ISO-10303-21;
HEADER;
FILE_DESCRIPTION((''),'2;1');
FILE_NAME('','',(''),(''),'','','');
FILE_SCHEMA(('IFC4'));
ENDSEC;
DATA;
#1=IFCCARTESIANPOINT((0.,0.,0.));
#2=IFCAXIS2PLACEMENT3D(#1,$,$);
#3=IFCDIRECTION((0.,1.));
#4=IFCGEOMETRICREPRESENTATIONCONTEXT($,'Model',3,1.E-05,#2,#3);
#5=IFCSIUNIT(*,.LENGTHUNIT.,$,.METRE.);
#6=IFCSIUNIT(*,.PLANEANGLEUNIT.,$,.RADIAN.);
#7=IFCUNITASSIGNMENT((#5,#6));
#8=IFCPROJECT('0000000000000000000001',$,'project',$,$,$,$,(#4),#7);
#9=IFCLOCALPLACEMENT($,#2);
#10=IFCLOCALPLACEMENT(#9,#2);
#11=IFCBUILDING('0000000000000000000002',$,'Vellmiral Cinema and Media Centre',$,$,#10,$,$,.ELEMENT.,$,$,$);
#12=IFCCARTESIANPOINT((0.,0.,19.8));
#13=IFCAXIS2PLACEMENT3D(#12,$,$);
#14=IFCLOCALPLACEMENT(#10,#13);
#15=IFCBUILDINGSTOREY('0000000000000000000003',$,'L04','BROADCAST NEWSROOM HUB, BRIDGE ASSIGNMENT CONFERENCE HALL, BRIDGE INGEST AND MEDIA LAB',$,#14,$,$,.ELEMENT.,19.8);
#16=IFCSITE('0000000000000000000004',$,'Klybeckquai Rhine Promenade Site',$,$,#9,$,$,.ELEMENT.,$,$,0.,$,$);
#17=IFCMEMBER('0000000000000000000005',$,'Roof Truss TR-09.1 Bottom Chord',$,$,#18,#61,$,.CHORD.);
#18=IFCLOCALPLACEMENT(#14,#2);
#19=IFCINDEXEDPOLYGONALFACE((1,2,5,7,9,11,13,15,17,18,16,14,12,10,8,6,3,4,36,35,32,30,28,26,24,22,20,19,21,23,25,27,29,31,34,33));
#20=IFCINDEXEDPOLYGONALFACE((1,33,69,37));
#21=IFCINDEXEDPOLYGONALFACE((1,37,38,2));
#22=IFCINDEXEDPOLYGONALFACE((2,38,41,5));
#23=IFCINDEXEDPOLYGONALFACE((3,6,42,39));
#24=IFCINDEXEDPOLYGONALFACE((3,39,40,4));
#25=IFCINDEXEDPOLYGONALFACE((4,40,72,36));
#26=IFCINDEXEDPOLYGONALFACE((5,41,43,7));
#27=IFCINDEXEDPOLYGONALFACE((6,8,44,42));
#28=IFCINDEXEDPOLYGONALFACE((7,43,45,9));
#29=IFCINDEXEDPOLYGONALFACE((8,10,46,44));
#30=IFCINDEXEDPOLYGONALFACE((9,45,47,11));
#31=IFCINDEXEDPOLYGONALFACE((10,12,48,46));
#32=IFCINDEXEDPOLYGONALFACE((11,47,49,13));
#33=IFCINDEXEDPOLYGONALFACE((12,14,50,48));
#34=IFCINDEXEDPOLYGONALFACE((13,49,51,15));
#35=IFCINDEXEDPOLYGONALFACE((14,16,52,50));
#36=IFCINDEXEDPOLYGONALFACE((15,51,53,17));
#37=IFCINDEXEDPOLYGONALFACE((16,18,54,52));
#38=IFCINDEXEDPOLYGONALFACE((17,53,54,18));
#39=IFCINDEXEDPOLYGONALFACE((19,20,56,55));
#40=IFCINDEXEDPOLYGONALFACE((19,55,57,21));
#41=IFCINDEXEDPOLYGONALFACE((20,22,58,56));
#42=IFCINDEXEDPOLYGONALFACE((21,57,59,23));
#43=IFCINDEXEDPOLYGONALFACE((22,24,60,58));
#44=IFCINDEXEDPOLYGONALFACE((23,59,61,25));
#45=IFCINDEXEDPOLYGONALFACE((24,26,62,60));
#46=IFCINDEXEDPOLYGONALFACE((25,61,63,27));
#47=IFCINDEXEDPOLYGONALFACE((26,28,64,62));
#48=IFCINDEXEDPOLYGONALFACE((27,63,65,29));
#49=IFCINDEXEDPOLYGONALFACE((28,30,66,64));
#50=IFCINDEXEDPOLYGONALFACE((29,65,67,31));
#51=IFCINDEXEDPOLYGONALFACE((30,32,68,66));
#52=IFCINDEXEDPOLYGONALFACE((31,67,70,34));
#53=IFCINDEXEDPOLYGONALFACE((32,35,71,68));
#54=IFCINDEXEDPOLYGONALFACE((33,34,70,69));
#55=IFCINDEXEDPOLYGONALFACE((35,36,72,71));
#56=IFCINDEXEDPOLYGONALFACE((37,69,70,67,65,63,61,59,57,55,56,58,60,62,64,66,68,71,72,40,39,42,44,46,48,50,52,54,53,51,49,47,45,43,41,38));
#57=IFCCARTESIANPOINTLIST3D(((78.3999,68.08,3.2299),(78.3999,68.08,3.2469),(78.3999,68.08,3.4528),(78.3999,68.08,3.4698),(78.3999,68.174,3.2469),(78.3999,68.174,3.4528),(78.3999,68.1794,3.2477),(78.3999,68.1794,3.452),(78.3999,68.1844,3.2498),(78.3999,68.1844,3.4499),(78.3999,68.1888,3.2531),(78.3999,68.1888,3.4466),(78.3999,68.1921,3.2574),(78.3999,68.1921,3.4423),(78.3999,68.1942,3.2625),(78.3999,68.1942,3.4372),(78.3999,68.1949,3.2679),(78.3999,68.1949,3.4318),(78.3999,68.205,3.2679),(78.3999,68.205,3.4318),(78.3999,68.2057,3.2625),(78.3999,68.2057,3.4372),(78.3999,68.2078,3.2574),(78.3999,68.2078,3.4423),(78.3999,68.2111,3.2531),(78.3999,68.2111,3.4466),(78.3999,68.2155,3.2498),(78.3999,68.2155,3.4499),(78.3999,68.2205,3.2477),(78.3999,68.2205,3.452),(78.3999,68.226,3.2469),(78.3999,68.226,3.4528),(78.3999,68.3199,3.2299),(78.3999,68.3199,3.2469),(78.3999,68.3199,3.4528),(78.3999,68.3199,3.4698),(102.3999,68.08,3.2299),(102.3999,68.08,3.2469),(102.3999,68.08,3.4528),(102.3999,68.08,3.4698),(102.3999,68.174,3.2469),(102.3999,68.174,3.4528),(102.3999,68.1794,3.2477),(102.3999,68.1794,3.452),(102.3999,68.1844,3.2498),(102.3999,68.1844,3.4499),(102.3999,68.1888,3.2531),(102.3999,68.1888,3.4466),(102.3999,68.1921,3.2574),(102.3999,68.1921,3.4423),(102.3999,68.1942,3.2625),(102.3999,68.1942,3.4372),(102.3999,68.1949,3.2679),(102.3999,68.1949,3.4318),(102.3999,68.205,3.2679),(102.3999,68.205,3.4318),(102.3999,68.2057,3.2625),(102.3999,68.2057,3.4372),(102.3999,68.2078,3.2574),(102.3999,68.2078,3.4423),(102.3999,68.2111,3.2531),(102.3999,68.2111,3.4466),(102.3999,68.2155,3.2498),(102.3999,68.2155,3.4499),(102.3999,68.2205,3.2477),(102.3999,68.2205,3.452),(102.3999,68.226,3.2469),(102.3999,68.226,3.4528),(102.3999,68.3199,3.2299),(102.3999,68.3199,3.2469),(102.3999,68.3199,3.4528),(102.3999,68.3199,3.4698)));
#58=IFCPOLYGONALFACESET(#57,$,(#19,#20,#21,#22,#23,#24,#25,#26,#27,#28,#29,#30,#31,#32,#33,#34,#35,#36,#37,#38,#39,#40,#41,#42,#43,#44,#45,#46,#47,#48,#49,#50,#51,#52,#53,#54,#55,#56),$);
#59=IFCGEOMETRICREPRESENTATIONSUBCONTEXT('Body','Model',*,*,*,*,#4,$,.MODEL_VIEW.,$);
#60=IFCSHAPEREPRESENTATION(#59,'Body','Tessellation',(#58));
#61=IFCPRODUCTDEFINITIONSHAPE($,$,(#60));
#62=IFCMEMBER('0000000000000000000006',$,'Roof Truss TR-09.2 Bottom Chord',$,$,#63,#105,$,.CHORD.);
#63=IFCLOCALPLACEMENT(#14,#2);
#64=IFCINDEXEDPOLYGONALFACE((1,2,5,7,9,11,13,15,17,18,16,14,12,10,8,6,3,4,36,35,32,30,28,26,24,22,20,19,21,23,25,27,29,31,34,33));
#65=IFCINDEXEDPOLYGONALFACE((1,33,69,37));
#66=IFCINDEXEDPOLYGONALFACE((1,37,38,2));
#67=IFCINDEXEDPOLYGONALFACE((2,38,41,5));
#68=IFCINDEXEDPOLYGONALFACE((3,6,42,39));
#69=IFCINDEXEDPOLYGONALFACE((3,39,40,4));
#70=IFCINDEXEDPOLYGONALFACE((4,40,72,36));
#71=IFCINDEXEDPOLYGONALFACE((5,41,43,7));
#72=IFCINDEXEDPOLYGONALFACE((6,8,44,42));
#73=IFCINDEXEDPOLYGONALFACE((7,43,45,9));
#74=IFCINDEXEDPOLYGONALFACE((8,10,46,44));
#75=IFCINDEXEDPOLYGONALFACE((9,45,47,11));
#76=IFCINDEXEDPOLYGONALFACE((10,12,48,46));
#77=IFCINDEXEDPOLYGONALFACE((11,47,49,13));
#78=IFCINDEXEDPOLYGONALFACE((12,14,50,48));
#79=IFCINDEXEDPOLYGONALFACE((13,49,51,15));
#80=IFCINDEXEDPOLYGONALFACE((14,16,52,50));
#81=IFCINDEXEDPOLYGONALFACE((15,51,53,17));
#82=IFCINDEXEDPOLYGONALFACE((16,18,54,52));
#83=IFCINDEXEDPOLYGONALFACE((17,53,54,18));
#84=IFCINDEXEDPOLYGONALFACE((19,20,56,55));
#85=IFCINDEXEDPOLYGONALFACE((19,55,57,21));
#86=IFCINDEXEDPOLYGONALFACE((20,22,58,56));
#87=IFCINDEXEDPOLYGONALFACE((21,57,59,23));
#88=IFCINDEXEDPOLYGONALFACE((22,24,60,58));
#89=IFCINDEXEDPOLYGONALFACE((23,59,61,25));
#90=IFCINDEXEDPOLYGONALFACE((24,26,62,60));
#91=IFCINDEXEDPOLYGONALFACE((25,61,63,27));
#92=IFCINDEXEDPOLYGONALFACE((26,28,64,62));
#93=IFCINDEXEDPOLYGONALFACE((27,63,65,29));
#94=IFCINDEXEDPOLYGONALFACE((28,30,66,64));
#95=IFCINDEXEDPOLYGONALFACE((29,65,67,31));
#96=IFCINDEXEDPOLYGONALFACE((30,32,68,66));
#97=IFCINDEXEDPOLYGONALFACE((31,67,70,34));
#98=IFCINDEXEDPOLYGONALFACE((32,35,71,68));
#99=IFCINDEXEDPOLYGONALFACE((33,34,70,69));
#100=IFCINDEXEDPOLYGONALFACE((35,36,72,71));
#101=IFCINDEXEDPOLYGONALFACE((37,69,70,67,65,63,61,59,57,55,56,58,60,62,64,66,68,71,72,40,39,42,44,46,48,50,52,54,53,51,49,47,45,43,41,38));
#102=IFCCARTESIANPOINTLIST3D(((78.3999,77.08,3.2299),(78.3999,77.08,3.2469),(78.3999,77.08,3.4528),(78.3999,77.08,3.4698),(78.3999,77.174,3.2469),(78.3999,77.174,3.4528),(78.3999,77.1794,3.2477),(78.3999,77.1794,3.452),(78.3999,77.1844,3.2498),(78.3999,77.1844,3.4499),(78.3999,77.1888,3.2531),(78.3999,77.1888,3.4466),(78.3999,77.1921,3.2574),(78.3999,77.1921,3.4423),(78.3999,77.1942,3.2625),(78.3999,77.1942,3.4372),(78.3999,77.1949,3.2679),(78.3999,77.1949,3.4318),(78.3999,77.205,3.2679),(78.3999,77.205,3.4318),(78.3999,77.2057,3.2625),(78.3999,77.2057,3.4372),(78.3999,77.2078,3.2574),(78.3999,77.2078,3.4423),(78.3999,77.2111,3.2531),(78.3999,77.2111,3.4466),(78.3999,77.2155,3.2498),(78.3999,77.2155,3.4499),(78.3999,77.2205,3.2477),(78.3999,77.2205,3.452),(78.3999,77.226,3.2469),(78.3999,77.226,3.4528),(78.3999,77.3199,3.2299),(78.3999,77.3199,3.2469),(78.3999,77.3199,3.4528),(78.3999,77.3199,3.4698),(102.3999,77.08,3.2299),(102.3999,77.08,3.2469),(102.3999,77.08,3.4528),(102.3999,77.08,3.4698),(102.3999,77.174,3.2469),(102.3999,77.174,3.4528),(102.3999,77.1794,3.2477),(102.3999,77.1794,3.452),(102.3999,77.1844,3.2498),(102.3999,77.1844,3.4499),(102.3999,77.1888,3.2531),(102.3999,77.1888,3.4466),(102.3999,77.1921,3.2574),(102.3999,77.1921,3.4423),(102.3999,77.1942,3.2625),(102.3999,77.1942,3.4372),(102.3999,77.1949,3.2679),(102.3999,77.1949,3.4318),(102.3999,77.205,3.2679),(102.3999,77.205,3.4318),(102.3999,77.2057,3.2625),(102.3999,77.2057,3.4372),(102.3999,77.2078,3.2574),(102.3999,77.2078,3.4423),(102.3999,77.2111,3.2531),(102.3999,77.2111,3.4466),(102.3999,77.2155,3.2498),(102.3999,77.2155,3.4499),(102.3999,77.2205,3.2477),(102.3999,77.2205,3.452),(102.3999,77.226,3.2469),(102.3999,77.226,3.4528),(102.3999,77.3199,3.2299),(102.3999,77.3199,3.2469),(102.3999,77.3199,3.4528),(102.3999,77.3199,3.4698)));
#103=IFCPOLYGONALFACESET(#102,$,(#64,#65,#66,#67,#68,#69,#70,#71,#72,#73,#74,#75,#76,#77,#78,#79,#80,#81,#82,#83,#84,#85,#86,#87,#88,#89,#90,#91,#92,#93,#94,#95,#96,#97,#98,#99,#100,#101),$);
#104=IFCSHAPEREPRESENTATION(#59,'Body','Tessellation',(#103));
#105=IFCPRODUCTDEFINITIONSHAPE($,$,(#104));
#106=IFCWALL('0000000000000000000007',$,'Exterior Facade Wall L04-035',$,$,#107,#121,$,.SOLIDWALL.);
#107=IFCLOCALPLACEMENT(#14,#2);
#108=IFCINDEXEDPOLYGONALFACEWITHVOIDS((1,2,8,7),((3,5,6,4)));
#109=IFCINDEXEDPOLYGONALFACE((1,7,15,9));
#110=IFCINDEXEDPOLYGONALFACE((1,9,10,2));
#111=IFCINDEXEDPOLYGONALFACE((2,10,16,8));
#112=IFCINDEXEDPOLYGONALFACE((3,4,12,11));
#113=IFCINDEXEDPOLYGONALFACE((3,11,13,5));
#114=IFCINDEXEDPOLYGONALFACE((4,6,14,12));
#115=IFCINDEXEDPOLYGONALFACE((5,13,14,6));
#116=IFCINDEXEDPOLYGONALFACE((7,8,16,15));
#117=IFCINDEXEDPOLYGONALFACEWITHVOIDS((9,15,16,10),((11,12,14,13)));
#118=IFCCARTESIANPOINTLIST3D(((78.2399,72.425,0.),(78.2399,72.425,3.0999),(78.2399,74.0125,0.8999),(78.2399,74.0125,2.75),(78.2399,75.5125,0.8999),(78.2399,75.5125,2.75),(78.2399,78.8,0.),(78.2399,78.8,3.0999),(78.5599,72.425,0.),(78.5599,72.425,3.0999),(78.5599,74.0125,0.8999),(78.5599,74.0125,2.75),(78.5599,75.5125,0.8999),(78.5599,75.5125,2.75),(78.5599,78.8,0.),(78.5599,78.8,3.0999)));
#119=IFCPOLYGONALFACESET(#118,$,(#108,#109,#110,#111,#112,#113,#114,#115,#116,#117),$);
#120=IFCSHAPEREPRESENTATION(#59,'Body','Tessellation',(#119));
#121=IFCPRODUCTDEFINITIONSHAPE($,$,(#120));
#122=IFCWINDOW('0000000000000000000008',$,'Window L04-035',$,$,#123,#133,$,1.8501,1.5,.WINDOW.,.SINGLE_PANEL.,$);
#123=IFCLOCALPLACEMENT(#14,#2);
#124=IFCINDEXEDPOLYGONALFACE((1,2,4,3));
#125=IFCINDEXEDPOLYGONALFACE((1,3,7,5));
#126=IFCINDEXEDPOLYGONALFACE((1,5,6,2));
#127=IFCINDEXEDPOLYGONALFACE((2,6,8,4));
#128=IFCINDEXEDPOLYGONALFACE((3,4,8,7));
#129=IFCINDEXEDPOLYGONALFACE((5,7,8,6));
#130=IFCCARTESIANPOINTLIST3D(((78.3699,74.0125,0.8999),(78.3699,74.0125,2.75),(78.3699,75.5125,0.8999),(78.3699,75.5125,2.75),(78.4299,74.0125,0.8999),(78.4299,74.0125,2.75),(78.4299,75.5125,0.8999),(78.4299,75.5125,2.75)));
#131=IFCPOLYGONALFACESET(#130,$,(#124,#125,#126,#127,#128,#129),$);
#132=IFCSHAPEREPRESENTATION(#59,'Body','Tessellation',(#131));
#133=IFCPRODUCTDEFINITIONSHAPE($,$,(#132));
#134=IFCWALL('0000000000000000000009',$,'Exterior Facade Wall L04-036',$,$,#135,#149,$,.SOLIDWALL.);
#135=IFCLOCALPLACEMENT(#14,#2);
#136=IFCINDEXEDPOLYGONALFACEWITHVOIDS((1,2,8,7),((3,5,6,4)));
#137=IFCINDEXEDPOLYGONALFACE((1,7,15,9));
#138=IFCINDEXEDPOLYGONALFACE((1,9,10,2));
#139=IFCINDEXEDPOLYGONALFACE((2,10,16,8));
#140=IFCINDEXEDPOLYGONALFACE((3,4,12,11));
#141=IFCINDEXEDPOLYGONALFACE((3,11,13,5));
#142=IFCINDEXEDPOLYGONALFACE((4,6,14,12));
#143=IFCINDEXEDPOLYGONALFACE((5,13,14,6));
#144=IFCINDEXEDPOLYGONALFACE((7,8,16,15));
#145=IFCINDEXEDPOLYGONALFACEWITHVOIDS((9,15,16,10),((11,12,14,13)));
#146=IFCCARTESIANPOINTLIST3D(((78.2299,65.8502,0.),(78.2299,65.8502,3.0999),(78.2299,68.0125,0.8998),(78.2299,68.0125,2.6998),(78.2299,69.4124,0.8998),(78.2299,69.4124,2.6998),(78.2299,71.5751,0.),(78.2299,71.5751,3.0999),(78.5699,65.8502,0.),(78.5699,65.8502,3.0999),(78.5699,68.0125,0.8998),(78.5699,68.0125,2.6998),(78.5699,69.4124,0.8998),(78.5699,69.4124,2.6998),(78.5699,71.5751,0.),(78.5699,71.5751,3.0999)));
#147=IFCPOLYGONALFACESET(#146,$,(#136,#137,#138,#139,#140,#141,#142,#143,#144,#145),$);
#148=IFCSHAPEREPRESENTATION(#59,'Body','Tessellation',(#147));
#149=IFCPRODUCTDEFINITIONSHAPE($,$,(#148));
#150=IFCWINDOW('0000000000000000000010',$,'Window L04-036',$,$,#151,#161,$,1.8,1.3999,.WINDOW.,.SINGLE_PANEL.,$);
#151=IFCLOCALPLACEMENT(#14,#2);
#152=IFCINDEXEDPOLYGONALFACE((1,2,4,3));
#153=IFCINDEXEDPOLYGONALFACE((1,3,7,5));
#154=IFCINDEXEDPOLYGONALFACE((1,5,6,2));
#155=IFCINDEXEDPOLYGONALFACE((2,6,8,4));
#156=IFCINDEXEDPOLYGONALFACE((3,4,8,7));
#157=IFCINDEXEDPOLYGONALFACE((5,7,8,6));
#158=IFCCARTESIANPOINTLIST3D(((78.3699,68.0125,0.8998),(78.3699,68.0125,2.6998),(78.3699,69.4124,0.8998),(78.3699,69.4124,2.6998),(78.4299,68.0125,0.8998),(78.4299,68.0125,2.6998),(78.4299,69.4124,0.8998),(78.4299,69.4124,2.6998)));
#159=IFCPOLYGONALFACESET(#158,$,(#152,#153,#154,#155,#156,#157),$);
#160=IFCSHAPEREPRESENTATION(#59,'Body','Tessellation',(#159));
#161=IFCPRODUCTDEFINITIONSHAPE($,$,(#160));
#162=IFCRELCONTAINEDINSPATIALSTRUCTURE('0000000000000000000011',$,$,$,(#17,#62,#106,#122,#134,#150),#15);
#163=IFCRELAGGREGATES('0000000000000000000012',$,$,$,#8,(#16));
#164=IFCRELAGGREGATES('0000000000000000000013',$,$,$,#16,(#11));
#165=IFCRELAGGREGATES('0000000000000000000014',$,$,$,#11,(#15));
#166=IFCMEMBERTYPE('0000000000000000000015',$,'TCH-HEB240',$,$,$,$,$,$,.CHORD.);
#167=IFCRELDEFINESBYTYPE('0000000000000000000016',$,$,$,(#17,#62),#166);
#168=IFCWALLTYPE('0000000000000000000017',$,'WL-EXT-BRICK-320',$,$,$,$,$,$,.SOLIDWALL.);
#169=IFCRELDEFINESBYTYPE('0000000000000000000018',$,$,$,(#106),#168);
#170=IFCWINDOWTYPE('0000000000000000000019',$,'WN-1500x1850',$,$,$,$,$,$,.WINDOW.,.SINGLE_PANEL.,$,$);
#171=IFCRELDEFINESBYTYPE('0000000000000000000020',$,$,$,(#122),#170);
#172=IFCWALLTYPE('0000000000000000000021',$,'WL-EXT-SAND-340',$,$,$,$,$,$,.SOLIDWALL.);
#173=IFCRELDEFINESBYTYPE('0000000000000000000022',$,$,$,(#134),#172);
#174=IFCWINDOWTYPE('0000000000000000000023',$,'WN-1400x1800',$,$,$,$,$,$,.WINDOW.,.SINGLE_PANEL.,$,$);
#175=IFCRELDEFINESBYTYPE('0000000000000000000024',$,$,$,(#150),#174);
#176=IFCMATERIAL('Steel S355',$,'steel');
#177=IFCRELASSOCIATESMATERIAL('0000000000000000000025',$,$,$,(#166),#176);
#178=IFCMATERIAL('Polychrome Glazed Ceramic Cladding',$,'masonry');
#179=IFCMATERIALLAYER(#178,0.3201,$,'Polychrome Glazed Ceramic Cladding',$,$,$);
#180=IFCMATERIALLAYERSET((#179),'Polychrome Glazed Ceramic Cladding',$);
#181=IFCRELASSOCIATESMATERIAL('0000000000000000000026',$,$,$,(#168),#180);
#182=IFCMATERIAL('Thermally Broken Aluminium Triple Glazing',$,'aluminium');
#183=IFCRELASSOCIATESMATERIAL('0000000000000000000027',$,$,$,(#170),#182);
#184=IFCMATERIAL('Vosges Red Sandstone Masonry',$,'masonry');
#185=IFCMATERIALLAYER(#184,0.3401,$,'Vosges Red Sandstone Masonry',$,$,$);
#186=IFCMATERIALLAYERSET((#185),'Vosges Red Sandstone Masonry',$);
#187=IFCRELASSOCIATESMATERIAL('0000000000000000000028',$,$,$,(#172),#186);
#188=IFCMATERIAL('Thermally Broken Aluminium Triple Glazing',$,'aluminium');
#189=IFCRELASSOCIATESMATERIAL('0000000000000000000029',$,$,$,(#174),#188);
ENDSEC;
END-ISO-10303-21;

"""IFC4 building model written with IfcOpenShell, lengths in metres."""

from ifc_helpers import new_model, si_unit, direction, frame, frame_2d, origin, origin_2d, place, context, subcontext, project, spatial, rectangle, i_section, extrude, material, layer, layer_set, material_profile, profile_set, type_object, element, fill, save


model = new_model("IFC4")

# Units and contexts
model_context = context("Model", 3, precision=1e-05, world=origin(), true_north=direction((0.0, 1.0)))
body_context = subcontext(model_context, "Body", "Model", "MODEL_VIEW")
ifc_project = project(units=[si_unit("LENGTHUNIT", "METRE"), si_unit("PLANEANGLEUNIT", "RADIAN")], contexts=[model_context])

# Site, building, storey
site_placement = place(None, origin())
site = spatial("IfcSite", under=ifc_project, at=site_placement, Name="Klybeckquai Rhine Promenade Site", CompositionType="ELEMENT", RefElevation=0.0)
building_placement = place(site_placement, origin())
building = spatial("IfcBuilding", under=site, at=building_placement, Name="Vellmiral Cinema and Media Centre", CompositionType="ELEMENT")
storey_placement = place(building_placement, frame((0.0, 0.0, 19.8)))
storey = spatial("IfcBuildingStorey", under=building, at=storey_placement, Name="L04", Description="BROADCAST NEWSROOM HUB, BRIDGE ASSIGNMENT CONFERENCE HALL, BRIDGE INGEST AND MEDIA LAB", CompositionType="ELEMENT", Elevation=19.8)

# Members
ifc_material_1 = material(Name="Steel S355", Category="steel")
ifc_material_profile_1 = material_profile(ifc_material_1, i_section(OverallWidth=0.24, OverallDepth=0.24, WebThickness=0.01, FlangeThickness=0.0171, FilletRadius=0.021, at=origin_2d()), Name="HEB 240")
ifc_profile_set_1 = profile_set([ifc_material_profile_1], Name="Steel S355")
member_type_1 = type_object("IfcMemberType", Name="TCH-HEB240", PredefinedType="CHORD", material=ifc_profile_set_1)
for number, where, z_axis, x_axis, name in (
    (1, (78.3999, 68.2, 3.3499), (1.0, 0.0, 0.0), (0.0, 1.0, 0.0), "Roof Truss TR-09.1 Bottom Chord"),
    (2, (78.3999, 77.2, 3.3499), (1.0, 0.0, 0.0), (0.0, 1.0, 0.0), "Roof Truss TR-09.2 Bottom Chord"),
):
    element("IfcMember", number, at=place(storey_placement, frame(where, z_axis=z_axis, x_axis=x_axis)), inside=storey, type_object=member_type_1, Name=name, PredefinedType="CHORD", context=body_context, shape_type="SweptSolid", body=[
        extrude(i_section(OverallWidth=0.24, OverallDepth=0.24, WebThickness=0.01, FlangeThickness=0.0171, FilletRadius=0.021, at=origin_2d()), origin(), (0.0, 0.0, 1.0), 24.0),
    ])

# Walls, openings, windows
ifc_material_2 = material(Name="Polychrome Glazed Ceramic Cladding", Category="masonry")
ifc_layer_1 = layer(ifc_material_2, 0.3201, Name="Polychrome Glazed Ceramic Cladding")
ifc_layer_set_1 = layer_set([ifc_layer_1], Name="Polychrome Glazed Ceramic Cladding")
wall_type_1 = type_object("IfcWallType", Name="WL-EXT-BRICK-320", PredefinedType="SOLIDWALL", material=ifc_layer_set_1)
wall_1_placement = place(storey_placement, frame((78.3999, 78.8, 0.0), z_axis=(0.0, 0.0, 1.0), x_axis=(0.0, -1.0, 0.0)))
wall_1 = element("IfcWall", 3, at=wall_1_placement, inside=storey, type_object=wall_type_1, Name="Exterior Facade Wall L04-035", PredefinedType="SOLIDWALL", context=body_context, shape_type="SweptSolid", body=[
    extrude(rectangle(XDim=6.375, YDim=0.3201, at=frame_2d((3.1875, 0.0))), origin(), (0.0, 0.0, 1.0), 3.0999),
])
opening_1_placement = place(wall_1_placement, frame((3.2876, 0.0, 0.8999)))
opening_1 = element("IfcOpeningElement", 4, at=opening_1_placement, cuts=wall_1, PredefinedType="OPENING", context=body_context, shape_type="SweptSolid", body=[
    extrude(rectangle(XDim=1.5, YDim=1.8501, at=frame_2d((0.75, 0.925))), frame((0.0, 0.1719, 0.0), z_axis=(0.0, -1.0, 0.0), x_axis=(1.0, 0.0, 0.0)), (0.0, 0.0, 1.0), 0.344),
])
ifc_material_3 = material(Name="Thermally Broken Aluminium Triple Glazing", Category="aluminium")
window_type_1 = type_object("IfcWindowType", Name="WN-1500x1850", PartitioningType="SINGLE_PANEL", PredefinedType="WINDOW", material=ifc_material_3)
window_1_placement = place(opening_1_placement, origin())
window_1 = element("IfcWindow", 5, at=window_1_placement, inside=storey, type_object=window_type_1, Name="Window L04-035", OverallHeight=1.8501, OverallWidth=1.5, PartitioningType="SINGLE_PANEL", PredefinedType="WINDOW", context=body_context, shape_type="SweptSolid", body=[
    extrude(rectangle(XDim=1.5, YDim=1.8501, at=frame_2d((0.75, 0.925))), frame((0.0, 0.03, 0.0), z_axis=(0.0, -1.0, 0.0), x_axis=(1.0, 0.0, 0.0)), (0.0, 0.0, 1.0), 0.0601),
])
fill(opening_1, window_1)
ifc_material_4 = material(Name="Vosges Red Sandstone Masonry", Category="masonry")
ifc_layer_2 = layer(ifc_material_4, 0.3401, Name="Vosges Red Sandstone Masonry")
ifc_layer_set_2 = layer_set([ifc_layer_2], Name="Vosges Red Sandstone Masonry")
wall_type_2 = type_object("IfcWallType", Name="WL-EXT-SAND-340", PredefinedType="SOLIDWALL", material=ifc_layer_set_2)
wall_2_placement = place(storey_placement, frame((78.3999, 71.575, 0.0), z_axis=(0.0, 0.0, 1.0), x_axis=(0.0, -1.0, 0.0)))
wall_2 = element("IfcWall", 6, at=wall_2_placement, inside=storey, type_object=wall_type_2, Name="Exterior Facade Wall L04-036", PredefinedType="SOLIDWALL", context=body_context, shape_type="SweptSolid", body=[
    extrude(rectangle(XDim=5.7249, YDim=0.3401, at=frame_2d((2.8623, 0.0))), origin(), (0.0, 0.0, 1.0), 3.0999),
])
opening_2_placement = place(wall_2_placement, frame((2.1626, 0.0, 0.8999)))
opening_2 = element("IfcOpeningElement", 7, at=opening_2_placement, cuts=wall_2, PredefinedType="OPENING", context=body_context, shape_type="SweptSolid", body=[
    extrude(rectangle(XDim=1.3999, YDim=1.8, at=frame_2d((0.7, 0.8999))), frame((0.0, 0.1821, 0.0), z_axis=(0.0, -1.0, 0.0), x_axis=(1.0, 0.0, 0.0)), (0.0, 0.0, 1.0), 0.364),
])
ifc_material_5 = material(Name="Thermally Broken Aluminium Triple Glazing", Category="aluminium")
window_type_2 = type_object("IfcWindowType", Name="WN-1400x1800", PartitioningType="SINGLE_PANEL", PredefinedType="WINDOW", material=ifc_material_5)
window_2_placement = place(opening_2_placement, origin())
window_2 = element("IfcWindow", 8, at=window_2_placement, inside=storey, type_object=window_type_2, Name="Window L04-036", OverallHeight=1.8, OverallWidth=1.3999, PartitioningType="SINGLE_PANEL", PredefinedType="WINDOW", context=body_context, shape_type="SweptSolid", body=[
    extrude(rectangle(XDim=1.3999, YDim=1.8, at=frame_2d((0.7, 0.8999))), frame((0.0, 0.03, 0.0), z_axis=(0.0, -1.0, 0.0), x_axis=(1.0, 0.0, 0.0)), (0.0, 0.0, 1.0), 0.0601),
])
fill(opening_2, window_2)

save(model, "model.ifc")
